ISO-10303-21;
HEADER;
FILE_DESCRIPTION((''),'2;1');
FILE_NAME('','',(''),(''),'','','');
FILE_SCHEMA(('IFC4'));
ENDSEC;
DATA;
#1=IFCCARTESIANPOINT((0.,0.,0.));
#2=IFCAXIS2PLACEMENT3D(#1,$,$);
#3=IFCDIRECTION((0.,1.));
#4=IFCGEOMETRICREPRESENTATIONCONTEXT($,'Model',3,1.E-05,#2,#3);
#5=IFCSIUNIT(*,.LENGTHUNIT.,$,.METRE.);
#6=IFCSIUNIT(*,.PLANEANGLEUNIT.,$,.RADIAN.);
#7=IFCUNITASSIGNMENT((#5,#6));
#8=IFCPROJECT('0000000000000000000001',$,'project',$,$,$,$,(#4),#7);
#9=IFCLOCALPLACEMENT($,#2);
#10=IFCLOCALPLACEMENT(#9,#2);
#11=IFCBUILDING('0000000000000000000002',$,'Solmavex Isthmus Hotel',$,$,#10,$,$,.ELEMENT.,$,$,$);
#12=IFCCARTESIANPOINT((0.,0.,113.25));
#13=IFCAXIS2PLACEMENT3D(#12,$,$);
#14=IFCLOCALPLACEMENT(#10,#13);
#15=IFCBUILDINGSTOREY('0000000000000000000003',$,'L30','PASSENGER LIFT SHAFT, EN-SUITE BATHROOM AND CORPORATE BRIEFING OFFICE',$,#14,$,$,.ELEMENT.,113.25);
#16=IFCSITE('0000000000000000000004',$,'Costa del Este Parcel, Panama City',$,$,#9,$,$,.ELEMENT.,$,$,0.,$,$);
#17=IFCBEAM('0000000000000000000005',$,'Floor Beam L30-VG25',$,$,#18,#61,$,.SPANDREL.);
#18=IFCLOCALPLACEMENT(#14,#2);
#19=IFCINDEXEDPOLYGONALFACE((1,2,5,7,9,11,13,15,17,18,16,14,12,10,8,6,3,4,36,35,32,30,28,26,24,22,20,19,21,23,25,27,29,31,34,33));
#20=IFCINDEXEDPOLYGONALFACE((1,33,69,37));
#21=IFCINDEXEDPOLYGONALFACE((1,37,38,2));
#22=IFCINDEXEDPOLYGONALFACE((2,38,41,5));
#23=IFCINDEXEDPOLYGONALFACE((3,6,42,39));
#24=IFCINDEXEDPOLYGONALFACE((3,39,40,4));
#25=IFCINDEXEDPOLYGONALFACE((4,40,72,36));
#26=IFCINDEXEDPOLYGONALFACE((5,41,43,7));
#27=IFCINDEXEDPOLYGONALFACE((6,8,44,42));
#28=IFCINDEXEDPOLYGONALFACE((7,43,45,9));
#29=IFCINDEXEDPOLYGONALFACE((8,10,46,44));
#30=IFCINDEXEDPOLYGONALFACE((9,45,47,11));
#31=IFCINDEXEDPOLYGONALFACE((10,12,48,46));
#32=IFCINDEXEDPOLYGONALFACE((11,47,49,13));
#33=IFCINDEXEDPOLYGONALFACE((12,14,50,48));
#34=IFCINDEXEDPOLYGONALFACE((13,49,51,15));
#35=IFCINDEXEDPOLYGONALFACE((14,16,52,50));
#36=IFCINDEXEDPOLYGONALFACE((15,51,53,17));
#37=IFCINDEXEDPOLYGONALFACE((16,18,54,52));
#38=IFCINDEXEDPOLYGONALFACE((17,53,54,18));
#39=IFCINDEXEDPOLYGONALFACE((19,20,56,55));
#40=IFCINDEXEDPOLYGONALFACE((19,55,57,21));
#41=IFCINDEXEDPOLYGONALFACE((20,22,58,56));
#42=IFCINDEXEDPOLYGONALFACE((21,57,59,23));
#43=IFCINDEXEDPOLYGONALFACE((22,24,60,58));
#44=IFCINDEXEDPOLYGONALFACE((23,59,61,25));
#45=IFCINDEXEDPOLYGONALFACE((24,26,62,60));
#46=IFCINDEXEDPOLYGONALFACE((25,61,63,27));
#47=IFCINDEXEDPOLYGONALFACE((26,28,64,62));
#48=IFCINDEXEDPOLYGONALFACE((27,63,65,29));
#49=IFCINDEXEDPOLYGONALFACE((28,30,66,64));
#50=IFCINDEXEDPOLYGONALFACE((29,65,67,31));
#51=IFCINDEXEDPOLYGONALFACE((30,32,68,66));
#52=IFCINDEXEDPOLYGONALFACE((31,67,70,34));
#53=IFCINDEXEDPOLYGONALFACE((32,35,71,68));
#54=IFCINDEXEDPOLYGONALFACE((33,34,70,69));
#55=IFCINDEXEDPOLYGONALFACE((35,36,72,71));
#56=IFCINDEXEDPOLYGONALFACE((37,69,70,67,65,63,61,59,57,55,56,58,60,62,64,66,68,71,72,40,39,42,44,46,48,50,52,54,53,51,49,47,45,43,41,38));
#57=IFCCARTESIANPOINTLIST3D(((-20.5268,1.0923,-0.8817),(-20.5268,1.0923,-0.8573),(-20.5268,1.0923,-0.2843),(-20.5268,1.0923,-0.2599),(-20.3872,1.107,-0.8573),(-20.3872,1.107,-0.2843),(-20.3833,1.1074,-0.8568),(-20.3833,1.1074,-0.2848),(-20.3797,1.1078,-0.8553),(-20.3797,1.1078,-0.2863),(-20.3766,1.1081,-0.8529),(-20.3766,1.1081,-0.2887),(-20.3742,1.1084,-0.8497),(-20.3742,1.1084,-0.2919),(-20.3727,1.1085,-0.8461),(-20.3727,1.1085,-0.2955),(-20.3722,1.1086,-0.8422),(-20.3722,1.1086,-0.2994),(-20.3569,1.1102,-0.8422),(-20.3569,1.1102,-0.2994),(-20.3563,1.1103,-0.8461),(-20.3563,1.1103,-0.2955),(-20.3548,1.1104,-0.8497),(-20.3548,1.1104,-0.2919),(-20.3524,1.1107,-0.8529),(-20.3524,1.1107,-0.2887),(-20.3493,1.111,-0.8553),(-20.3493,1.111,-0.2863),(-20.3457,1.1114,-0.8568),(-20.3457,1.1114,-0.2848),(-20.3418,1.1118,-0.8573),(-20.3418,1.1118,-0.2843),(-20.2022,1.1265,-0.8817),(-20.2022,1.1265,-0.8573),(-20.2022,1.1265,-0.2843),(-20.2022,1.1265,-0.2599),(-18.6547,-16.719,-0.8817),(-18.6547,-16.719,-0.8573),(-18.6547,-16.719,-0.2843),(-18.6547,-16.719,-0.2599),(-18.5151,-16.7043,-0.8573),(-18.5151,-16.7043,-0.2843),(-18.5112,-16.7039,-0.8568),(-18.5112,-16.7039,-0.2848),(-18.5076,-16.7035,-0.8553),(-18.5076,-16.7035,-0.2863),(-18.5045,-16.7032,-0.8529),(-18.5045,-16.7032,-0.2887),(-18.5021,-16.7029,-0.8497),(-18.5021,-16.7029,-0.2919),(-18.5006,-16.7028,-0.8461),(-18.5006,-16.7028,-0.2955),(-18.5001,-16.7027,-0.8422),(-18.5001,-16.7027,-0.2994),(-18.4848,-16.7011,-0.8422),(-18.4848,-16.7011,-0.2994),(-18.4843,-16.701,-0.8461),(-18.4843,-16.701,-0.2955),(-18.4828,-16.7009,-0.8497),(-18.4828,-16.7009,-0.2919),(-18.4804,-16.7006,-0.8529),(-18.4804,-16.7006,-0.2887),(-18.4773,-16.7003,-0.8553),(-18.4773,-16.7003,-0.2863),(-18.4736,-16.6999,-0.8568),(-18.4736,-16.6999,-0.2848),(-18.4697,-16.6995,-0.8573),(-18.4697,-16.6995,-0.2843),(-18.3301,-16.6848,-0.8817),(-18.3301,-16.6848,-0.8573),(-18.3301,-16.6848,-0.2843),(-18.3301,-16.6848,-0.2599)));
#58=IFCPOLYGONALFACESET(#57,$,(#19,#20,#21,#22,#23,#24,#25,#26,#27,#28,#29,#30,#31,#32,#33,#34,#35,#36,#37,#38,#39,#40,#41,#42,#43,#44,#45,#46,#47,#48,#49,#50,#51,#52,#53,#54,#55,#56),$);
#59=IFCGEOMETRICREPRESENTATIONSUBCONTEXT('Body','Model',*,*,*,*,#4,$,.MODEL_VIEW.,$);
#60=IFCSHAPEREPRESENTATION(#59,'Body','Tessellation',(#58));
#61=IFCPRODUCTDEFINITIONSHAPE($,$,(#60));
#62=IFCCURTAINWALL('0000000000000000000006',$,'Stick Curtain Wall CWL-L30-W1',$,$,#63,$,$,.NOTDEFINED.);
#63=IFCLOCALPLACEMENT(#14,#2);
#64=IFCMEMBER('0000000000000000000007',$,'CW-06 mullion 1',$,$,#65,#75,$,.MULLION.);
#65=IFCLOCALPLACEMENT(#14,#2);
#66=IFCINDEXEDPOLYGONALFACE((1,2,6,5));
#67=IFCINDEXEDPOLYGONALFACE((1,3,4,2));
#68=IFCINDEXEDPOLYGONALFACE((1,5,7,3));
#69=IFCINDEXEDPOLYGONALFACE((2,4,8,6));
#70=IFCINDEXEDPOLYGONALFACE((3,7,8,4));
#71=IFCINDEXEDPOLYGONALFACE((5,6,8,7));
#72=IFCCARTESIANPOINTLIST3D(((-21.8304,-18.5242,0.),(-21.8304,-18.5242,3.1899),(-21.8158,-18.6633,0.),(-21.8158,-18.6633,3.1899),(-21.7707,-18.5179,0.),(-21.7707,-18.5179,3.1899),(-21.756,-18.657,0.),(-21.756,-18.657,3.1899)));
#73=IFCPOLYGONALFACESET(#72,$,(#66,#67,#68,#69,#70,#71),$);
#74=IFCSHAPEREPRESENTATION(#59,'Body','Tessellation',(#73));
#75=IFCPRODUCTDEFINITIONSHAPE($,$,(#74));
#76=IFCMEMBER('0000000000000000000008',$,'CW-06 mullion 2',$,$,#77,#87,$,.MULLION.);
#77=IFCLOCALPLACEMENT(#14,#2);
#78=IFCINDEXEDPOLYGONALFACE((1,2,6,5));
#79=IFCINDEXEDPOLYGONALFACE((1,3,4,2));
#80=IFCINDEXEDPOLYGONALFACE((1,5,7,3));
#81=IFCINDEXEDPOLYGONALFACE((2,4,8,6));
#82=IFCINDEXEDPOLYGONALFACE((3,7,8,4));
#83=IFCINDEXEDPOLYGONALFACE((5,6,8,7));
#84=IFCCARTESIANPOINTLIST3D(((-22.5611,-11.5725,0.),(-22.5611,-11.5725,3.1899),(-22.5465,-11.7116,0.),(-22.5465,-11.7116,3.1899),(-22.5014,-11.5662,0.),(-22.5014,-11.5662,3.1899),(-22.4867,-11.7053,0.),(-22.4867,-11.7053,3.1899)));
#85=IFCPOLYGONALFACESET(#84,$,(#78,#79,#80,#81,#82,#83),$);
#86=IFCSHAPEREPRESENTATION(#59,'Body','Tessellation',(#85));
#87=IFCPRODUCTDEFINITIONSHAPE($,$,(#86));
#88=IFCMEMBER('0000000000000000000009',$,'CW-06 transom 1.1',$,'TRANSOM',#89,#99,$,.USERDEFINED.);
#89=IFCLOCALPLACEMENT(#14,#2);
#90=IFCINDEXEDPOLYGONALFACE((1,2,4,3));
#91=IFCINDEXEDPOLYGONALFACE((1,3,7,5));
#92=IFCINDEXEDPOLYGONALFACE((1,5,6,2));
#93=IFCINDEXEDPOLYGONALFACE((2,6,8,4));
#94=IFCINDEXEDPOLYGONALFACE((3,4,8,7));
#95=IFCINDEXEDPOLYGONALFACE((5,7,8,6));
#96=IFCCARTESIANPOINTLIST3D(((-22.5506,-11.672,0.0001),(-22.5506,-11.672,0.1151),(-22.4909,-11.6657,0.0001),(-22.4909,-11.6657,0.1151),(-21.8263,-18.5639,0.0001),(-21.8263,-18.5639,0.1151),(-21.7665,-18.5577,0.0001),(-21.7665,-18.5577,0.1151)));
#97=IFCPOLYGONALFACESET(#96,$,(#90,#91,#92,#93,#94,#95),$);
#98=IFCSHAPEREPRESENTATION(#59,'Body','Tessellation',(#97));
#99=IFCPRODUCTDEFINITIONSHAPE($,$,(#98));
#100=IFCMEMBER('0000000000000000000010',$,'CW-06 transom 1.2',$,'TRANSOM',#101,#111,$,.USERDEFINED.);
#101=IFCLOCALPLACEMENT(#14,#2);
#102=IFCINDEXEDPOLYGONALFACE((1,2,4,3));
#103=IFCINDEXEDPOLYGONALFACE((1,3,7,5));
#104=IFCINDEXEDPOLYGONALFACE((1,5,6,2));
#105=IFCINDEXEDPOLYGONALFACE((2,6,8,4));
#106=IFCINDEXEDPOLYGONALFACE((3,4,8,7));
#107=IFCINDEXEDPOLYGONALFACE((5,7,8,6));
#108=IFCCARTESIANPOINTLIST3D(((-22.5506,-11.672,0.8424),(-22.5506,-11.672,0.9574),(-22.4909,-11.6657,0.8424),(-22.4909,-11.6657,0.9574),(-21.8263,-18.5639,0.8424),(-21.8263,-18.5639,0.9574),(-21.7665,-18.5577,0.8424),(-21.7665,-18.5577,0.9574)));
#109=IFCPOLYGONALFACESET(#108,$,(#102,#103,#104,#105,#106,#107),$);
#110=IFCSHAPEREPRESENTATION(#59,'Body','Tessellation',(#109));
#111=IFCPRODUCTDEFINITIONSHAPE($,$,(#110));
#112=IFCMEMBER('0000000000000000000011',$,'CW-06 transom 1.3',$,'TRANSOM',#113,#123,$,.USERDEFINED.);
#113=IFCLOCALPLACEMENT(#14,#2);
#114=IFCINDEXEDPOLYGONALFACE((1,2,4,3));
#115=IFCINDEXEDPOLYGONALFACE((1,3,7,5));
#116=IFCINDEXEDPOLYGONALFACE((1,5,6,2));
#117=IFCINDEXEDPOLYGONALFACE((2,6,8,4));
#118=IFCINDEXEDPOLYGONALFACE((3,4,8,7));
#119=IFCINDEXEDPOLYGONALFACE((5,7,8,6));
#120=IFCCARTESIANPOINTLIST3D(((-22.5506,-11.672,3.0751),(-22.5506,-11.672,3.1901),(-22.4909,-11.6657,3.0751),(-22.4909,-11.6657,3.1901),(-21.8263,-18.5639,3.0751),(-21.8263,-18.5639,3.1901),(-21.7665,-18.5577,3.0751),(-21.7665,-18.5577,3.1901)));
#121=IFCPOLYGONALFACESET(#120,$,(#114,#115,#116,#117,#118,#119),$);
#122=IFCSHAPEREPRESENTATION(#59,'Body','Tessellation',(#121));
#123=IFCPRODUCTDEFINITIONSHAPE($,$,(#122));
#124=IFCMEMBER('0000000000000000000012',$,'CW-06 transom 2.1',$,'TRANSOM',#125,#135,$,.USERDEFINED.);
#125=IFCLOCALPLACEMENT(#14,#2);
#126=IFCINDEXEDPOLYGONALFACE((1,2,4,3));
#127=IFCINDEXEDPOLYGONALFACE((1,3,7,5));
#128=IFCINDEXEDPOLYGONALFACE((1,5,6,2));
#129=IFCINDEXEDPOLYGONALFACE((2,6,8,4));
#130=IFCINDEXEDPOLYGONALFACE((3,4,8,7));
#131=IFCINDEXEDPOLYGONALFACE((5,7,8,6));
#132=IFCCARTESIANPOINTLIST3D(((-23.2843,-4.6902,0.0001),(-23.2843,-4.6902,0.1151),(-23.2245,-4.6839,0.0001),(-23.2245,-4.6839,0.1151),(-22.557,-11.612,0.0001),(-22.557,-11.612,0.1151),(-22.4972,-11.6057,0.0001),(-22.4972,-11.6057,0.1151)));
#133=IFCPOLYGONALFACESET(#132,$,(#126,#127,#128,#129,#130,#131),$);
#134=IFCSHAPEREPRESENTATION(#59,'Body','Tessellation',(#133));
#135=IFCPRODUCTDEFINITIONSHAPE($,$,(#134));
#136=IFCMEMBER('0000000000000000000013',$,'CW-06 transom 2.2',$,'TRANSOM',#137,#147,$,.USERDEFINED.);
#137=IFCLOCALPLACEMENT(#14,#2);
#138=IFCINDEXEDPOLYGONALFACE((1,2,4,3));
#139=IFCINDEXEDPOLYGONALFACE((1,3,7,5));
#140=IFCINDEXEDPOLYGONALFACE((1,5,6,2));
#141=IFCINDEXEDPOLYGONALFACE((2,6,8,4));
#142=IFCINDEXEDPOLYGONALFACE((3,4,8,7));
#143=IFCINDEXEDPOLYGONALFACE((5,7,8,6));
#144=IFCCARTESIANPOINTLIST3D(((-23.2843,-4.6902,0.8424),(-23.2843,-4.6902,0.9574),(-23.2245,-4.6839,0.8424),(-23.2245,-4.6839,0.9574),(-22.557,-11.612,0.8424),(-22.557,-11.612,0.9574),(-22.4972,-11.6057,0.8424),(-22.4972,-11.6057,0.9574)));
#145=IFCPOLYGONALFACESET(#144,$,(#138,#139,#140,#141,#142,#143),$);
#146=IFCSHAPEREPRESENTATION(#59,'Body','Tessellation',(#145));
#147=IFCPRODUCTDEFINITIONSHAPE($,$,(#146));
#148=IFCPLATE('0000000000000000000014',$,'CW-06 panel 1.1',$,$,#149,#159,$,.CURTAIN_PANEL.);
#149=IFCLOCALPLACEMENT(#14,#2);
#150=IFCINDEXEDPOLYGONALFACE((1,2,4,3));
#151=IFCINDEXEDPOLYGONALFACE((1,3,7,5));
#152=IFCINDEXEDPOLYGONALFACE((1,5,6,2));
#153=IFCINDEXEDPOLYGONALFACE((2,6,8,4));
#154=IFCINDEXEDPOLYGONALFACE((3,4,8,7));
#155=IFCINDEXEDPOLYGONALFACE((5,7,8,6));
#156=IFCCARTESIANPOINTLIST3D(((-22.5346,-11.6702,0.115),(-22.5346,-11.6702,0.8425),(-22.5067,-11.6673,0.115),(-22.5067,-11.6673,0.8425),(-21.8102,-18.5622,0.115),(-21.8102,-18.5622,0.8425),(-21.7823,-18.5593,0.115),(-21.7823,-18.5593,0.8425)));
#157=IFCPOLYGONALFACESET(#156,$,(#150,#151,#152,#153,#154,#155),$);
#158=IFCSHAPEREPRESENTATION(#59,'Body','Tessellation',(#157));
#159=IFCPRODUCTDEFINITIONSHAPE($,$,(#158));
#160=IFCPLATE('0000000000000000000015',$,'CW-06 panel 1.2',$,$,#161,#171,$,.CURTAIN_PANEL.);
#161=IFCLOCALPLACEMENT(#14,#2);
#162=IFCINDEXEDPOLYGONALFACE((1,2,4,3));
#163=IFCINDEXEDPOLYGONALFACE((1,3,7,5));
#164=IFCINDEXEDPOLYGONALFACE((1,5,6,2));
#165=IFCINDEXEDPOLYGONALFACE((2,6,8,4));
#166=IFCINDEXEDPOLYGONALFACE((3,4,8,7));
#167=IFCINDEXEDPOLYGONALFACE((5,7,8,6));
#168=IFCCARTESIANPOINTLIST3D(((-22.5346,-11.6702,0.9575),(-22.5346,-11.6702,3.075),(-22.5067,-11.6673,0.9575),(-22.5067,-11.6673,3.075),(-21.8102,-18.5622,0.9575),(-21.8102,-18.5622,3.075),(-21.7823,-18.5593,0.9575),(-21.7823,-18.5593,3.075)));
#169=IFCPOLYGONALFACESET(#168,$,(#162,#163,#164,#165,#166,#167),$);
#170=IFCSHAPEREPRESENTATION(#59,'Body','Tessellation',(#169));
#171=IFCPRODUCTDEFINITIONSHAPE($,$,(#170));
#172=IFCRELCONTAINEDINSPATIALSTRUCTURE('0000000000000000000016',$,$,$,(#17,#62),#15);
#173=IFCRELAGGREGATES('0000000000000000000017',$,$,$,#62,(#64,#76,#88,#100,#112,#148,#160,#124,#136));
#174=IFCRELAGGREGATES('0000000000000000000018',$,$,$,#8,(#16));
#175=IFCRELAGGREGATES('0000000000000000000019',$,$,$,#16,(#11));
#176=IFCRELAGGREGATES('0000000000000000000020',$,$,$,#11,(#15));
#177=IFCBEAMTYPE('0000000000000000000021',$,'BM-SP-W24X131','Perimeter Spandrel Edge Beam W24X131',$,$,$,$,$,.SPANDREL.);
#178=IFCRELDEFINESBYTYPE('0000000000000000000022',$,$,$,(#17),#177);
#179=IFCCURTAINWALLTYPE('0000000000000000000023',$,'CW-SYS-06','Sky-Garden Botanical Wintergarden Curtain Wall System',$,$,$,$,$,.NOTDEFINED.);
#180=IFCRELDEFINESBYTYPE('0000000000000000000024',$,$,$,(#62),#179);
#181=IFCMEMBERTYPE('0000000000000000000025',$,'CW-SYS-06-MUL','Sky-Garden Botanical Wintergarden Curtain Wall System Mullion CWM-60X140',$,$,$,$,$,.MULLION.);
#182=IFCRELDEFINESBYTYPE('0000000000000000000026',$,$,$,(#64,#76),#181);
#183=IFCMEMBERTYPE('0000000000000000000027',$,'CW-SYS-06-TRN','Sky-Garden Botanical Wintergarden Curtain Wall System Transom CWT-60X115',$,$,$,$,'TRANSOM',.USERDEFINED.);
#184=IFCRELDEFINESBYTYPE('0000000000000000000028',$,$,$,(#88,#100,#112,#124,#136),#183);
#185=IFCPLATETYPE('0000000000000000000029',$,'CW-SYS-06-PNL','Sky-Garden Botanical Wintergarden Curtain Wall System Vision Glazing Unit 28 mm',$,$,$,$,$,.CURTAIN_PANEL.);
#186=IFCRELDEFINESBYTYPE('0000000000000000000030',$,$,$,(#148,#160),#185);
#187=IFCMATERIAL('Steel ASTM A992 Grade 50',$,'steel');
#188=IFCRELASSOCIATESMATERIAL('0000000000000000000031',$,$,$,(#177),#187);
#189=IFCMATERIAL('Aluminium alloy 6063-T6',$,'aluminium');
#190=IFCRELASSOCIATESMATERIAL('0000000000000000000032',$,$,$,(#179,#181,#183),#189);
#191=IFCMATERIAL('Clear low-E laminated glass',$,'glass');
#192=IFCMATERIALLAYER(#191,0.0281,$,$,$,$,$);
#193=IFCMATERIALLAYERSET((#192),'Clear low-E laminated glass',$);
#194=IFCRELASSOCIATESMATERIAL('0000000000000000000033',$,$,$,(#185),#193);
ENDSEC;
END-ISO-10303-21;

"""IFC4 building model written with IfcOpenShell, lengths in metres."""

from ifc_helpers import new_model, si_unit, direction, frame, origin, origin_2d, place, context, subcontext, project, spatial, rectangle, i_section, extrude, material, layer, layer_set, material_profile, profile_set, type_object, element, aggregate, save


model = new_model("IFC4")

# Units and contexts
model_context = context("Model", 3, precision=1e-05, world=origin(), true_north=direction((0.0, 1.0)))
body_context = subcontext(model_context, "Body", "Model", "MODEL_VIEW")
ifc_project = project(units=[si_unit("LENGTHUNIT", "METRE"), si_unit("PLANEANGLEUNIT", "RADIAN")], contexts=[model_context])

# Site, building, storey
site_placement = place(None, origin())
site = spatial("IfcSite", under=ifc_project, at=site_placement, Name="Costa del Este Parcel, Panama City", CompositionType="ELEMENT", RefElevation=0.0)
building_placement = place(site_placement, origin())
building = spatial("IfcBuilding", under=site, at=building_placement, Name="Solmavex Isthmus Hotel", CompositionType="ELEMENT")
storey_placement = place(building_placement, frame((0.0, 0.0, 113.25)))
storey = spatial("IfcBuildingStorey", under=building, at=storey_placement, Name="L30", Description="PASSENGER LIFT SHAFT, EN-SUITE BATHROOM AND CORPORATE BRIEFING OFFICE", CompositionType="ELEMENT", Elevation=113.25)

# Beam
ifc_material_1 = material(Name="Steel ASTM A992 Grade 50", Category="steel")
ifc_material_profile_1 = material_profile(ifc_material_1, i_section(OverallWidth=0.3264, OverallDepth=0.6218, WebThickness=0.0154, FlangeThickness=0.0244, FilletRadius=0.0151, at=origin_2d()), Name="W24X131")
ifc_profile_set_1 = profile_set([ifc_material_profile_1], Name="Steel ASTM A992 Grade 50")
beam_type_1 = type_object("IfcBeamType", Name="BM-SP-W24X131", Description="Perimeter Spandrel Edge Beam W24X131", PredefinedType="SPANDREL", material=ifc_profile_set_1)
beam_1_placement = place(storey_placement, frame((-18.4924, -16.7019, -0.5708), z_axis=(-0.10453, 0.994522, 0.0), x_axis=(-0.994522, -0.10453, 0.0)))
element("IfcBeam", 1, at=beam_1_placement, inside=storey, type_object=beam_type_1, Name="Floor Beam L30-VG25", PredefinedType="SPANDREL", context=body_context, shape_type="SweptSolid", body=[
    extrude(i_section(OverallWidth=0.3264, OverallDepth=0.6218, WebThickness=0.0154, FlangeThickness=0.0244, FilletRadius=0.0151, at=origin_2d()), origin(), (0.0, 0.0, 1.0), 17.9094),
])

# Curtain wall, members, plates
ifc_material_2 = material(Name="Aluminium alloy 6063-T6", Category="aluminium")
curtain_wall_type = type_object("IfcCurtainWallType", Name="CW-SYS-06", Description="Sky-Garden Botanical Wintergarden Curtain Wall System", PredefinedType="NOTDEFINED", material=ifc_material_2)
curtain_wall_placement = place(storey_placement, origin())
curtain_wall = element("IfcCurtainWall", 2, at=curtain_wall_placement, inside=storey, type_object=curtain_wall_type, Name="Stick Curtain Wall CWL-L30-W1", PredefinedType="NOTDEFINED")
ifc_material_profile_2 = material_profile(ifc_material_2, rectangle(XDim=0.0601, YDim=0.1399, at=origin_2d()), Name="CWM-60X140")
ifc_profile_set_2 = profile_set([ifc_material_profile_2], Name="Aluminium alloy 6063-T6")
member_type_1 = type_object("IfcMemberType", Name="CW-SYS-06-MUL", Description="Sky-Garden Botanical Wintergarden Curtain Wall System Mullion CWM-60X140", PredefinedType="MULLION", material=ifc_profile_set_2)
member_1_placement = place(storey_placement, frame((-21.7932, -18.5906, 0.0), z_axis=(0.0, 0.0, 1.0), x_axis=(-0.994522, -0.104528, 0.0)))
member_1 = element("IfcMember", 3, at=member_1_placement, type_object=member_type_1, Name="CW-06 mullion 1", PredefinedType="MULLION", context=body_context, shape_type="SweptSolid", body=[
    extrude(rectangle(XDim=0.0601, YDim=0.1399, at=origin_2d()), origin(), (0.0, 0.0, 1.0), 3.1899),
])
member_2_placement = place(storey_placement, frame((-22.5239, -11.6389, 0.0), z_axis=(0.0, 0.0, 1.0), x_axis=(-0.994522, -0.104528, 0.0)))
member_2 = element("IfcMember", 4, at=member_2_placement, type_object=member_type_1, Name="CW-06 mullion 2", PredefinedType="MULLION", context=body_context, shape_type="SweptSolid", body=[
    extrude(rectangle(XDim=0.0601, YDim=0.1399, at=origin_2d()), origin(), (0.0, 0.0, 1.0), 3.1899),
])
ifc_material_profile_3 = material_profile(ifc_material_2, rectangle(XDim=0.0601, YDim=0.115, at=origin_2d()), Name="CWT-60X115")
ifc_profile_set_3 = profile_set([ifc_material_profile_3], Name="Aluminium alloy 6063-T6")
member_type_2 = type_object("IfcMemberType", Name="CW-SYS-06-TRN", Description="Sky-Garden Botanical Wintergarden Curtain Wall System Transom CWT-60X115", ElementType="TRANSOM", PredefinedType="USERDEFINED", material=ifc_profile_set_3)
member_3_placement = place(storey_placement, frame((-21.7964, -18.5608, 0.0576), z_axis=(-0.104525, 0.994522, 0.0), x_axis=(-0.994522, -0.104525, 0.0)))
member_3 = element("IfcMember", 5, at=member_3_placement, type_object=member_type_2, Name="CW-06 transom 1.1", ObjectType="TRANSOM", PredefinedType="USERDEFINED", context=body_context, shape_type="SweptSolid", body=[
    extrude(rectangle(XDim=0.0601, YDim=0.115, at=origin_2d()), origin(), (0.0, 0.0, 1.0), 6.9299),
])
member_4_placement = place(storey_placement, frame((-21.7964, -18.5608, 0.8999), z_axis=(-0.104525, 0.994522, 0.0), x_axis=(-0.994522, -0.104525, 0.0)))
member_4 = element("IfcMember", 6, at=member_4_placement, type_object=member_type_2, Name="CW-06 transom 1.2", ObjectType="TRANSOM", PredefinedType="USERDEFINED", context=body_context, shape_type="SweptSolid", body=[
    extrude(rectangle(XDim=0.0601, YDim=0.115, at=origin_2d()), origin(), (0.0, 0.0, 1.0), 6.9299),
])
member_5_placement = place(storey_placement, frame((-21.7964, -18.5608, 3.1326), z_axis=(-0.104525, 0.994522, 0.0), x_axis=(-0.994522, -0.104525, 0.0)))
member_5 = element("IfcMember", 7, at=member_5_placement, type_object=member_type_2, Name="CW-06 transom 1.3", ObjectType="TRANSOM", PredefinedType="USERDEFINED", context=body_context, shape_type="SweptSolid", body=[
    extrude(rectangle(XDim=0.0601, YDim=0.115, at=origin_2d()), origin(), (0.0, 0.0, 1.0), 6.9299),
])
member_6_placement = place(storey_placement, frame((-22.5271, -11.6089, 0.0576), z_axis=(-0.104497, 0.994525, 0.0), x_axis=(-0.994525, -0.104497, 0.0)))
member_6 = element("IfcMember", 8, at=member_6_placement, type_object=member_type_2, Name="CW-06 transom 2.1", ObjectType="TRANSOM", PredefinedType="USERDEFINED", context=body_context, shape_type="SweptSolid", body=[
    extrude(rectangle(XDim=0.0601, YDim=0.115, at=origin_2d()), origin(), (0.0, 0.0, 1.0), 6.96),
])
member_7_placement = place(storey_placement, frame((-22.5271, -11.6089, 0.8999), z_axis=(-0.104497, 0.994525, 0.0), x_axis=(-0.994525, -0.104497, 0.0)))
member_7 = element("IfcMember", 9, at=member_7_placement, type_object=member_type_2, Name="CW-06 transom 2.2", ObjectType="TRANSOM", PredefinedType="USERDEFINED", context=body_context, shape_type="SweptSolid", body=[
    extrude(rectangle(XDim=0.0601, YDim=0.115, at=origin_2d()), origin(), (0.0, 0.0, 1.0), 6.96),
])
ifc_material_3 = material(Name="Clear low-E laminated glass", Category="glass")
ifc_layer_1 = layer(ifc_material_3, 0.0281)
ifc_layer_set_1 = layer_set([ifc_layer_1], Name="Clear low-E laminated glass")
plate_type = type_object("IfcPlateType", Name="CW-SYS-06-PNL", Description="Sky-Garden Botanical Wintergarden Curtain Wall System Vision Glazing Unit 28 mm", PredefinedType="CURTAIN_PANEL", material=ifc_layer_set_1)
plate_1_placement = place(storey_placement, frame((-22.1584, -15.1147, 0.115), z_axis=(0.0, 0.0, 1.0), x_axis=(-0.104528, 0.994522, 0.0)))
plate_1 = element("IfcPlate", 10, at=plate_1_placement, type_object=plate_type, Name="CW-06 panel 1.1", PredefinedType="CURTAIN_PANEL", context=body_context, shape_type="SweptSolid", body=[
    extrude(rectangle(XDim=6.9299, YDim=0.0281, at=origin_2d()), origin(), (0.0, 0.0, 1.0), 0.7275),
])
plate_2_placement = place(storey_placement, frame((-22.1584, -15.1147, 0.9575), z_axis=(0.0, 0.0, 1.0), x_axis=(-0.104528, 0.994522, 0.0)))
plate_2 = element("IfcPlate", 11, at=plate_2_placement, type_object=plate_type, Name="CW-06 panel 1.2", PredefinedType="CURTAIN_PANEL", context=body_context, shape_type="SweptSolid", body=[
    extrude(rectangle(XDim=6.9299, YDim=0.0281, at=origin_2d()), origin(), (0.0, 0.0, 1.0), 2.1174),
])
aggregate(curtain_wall, [member_1, member_2, member_3, member_4, member_5, plate_1, plate_2, member_6, member_7])

save(model, "model.ifc")
